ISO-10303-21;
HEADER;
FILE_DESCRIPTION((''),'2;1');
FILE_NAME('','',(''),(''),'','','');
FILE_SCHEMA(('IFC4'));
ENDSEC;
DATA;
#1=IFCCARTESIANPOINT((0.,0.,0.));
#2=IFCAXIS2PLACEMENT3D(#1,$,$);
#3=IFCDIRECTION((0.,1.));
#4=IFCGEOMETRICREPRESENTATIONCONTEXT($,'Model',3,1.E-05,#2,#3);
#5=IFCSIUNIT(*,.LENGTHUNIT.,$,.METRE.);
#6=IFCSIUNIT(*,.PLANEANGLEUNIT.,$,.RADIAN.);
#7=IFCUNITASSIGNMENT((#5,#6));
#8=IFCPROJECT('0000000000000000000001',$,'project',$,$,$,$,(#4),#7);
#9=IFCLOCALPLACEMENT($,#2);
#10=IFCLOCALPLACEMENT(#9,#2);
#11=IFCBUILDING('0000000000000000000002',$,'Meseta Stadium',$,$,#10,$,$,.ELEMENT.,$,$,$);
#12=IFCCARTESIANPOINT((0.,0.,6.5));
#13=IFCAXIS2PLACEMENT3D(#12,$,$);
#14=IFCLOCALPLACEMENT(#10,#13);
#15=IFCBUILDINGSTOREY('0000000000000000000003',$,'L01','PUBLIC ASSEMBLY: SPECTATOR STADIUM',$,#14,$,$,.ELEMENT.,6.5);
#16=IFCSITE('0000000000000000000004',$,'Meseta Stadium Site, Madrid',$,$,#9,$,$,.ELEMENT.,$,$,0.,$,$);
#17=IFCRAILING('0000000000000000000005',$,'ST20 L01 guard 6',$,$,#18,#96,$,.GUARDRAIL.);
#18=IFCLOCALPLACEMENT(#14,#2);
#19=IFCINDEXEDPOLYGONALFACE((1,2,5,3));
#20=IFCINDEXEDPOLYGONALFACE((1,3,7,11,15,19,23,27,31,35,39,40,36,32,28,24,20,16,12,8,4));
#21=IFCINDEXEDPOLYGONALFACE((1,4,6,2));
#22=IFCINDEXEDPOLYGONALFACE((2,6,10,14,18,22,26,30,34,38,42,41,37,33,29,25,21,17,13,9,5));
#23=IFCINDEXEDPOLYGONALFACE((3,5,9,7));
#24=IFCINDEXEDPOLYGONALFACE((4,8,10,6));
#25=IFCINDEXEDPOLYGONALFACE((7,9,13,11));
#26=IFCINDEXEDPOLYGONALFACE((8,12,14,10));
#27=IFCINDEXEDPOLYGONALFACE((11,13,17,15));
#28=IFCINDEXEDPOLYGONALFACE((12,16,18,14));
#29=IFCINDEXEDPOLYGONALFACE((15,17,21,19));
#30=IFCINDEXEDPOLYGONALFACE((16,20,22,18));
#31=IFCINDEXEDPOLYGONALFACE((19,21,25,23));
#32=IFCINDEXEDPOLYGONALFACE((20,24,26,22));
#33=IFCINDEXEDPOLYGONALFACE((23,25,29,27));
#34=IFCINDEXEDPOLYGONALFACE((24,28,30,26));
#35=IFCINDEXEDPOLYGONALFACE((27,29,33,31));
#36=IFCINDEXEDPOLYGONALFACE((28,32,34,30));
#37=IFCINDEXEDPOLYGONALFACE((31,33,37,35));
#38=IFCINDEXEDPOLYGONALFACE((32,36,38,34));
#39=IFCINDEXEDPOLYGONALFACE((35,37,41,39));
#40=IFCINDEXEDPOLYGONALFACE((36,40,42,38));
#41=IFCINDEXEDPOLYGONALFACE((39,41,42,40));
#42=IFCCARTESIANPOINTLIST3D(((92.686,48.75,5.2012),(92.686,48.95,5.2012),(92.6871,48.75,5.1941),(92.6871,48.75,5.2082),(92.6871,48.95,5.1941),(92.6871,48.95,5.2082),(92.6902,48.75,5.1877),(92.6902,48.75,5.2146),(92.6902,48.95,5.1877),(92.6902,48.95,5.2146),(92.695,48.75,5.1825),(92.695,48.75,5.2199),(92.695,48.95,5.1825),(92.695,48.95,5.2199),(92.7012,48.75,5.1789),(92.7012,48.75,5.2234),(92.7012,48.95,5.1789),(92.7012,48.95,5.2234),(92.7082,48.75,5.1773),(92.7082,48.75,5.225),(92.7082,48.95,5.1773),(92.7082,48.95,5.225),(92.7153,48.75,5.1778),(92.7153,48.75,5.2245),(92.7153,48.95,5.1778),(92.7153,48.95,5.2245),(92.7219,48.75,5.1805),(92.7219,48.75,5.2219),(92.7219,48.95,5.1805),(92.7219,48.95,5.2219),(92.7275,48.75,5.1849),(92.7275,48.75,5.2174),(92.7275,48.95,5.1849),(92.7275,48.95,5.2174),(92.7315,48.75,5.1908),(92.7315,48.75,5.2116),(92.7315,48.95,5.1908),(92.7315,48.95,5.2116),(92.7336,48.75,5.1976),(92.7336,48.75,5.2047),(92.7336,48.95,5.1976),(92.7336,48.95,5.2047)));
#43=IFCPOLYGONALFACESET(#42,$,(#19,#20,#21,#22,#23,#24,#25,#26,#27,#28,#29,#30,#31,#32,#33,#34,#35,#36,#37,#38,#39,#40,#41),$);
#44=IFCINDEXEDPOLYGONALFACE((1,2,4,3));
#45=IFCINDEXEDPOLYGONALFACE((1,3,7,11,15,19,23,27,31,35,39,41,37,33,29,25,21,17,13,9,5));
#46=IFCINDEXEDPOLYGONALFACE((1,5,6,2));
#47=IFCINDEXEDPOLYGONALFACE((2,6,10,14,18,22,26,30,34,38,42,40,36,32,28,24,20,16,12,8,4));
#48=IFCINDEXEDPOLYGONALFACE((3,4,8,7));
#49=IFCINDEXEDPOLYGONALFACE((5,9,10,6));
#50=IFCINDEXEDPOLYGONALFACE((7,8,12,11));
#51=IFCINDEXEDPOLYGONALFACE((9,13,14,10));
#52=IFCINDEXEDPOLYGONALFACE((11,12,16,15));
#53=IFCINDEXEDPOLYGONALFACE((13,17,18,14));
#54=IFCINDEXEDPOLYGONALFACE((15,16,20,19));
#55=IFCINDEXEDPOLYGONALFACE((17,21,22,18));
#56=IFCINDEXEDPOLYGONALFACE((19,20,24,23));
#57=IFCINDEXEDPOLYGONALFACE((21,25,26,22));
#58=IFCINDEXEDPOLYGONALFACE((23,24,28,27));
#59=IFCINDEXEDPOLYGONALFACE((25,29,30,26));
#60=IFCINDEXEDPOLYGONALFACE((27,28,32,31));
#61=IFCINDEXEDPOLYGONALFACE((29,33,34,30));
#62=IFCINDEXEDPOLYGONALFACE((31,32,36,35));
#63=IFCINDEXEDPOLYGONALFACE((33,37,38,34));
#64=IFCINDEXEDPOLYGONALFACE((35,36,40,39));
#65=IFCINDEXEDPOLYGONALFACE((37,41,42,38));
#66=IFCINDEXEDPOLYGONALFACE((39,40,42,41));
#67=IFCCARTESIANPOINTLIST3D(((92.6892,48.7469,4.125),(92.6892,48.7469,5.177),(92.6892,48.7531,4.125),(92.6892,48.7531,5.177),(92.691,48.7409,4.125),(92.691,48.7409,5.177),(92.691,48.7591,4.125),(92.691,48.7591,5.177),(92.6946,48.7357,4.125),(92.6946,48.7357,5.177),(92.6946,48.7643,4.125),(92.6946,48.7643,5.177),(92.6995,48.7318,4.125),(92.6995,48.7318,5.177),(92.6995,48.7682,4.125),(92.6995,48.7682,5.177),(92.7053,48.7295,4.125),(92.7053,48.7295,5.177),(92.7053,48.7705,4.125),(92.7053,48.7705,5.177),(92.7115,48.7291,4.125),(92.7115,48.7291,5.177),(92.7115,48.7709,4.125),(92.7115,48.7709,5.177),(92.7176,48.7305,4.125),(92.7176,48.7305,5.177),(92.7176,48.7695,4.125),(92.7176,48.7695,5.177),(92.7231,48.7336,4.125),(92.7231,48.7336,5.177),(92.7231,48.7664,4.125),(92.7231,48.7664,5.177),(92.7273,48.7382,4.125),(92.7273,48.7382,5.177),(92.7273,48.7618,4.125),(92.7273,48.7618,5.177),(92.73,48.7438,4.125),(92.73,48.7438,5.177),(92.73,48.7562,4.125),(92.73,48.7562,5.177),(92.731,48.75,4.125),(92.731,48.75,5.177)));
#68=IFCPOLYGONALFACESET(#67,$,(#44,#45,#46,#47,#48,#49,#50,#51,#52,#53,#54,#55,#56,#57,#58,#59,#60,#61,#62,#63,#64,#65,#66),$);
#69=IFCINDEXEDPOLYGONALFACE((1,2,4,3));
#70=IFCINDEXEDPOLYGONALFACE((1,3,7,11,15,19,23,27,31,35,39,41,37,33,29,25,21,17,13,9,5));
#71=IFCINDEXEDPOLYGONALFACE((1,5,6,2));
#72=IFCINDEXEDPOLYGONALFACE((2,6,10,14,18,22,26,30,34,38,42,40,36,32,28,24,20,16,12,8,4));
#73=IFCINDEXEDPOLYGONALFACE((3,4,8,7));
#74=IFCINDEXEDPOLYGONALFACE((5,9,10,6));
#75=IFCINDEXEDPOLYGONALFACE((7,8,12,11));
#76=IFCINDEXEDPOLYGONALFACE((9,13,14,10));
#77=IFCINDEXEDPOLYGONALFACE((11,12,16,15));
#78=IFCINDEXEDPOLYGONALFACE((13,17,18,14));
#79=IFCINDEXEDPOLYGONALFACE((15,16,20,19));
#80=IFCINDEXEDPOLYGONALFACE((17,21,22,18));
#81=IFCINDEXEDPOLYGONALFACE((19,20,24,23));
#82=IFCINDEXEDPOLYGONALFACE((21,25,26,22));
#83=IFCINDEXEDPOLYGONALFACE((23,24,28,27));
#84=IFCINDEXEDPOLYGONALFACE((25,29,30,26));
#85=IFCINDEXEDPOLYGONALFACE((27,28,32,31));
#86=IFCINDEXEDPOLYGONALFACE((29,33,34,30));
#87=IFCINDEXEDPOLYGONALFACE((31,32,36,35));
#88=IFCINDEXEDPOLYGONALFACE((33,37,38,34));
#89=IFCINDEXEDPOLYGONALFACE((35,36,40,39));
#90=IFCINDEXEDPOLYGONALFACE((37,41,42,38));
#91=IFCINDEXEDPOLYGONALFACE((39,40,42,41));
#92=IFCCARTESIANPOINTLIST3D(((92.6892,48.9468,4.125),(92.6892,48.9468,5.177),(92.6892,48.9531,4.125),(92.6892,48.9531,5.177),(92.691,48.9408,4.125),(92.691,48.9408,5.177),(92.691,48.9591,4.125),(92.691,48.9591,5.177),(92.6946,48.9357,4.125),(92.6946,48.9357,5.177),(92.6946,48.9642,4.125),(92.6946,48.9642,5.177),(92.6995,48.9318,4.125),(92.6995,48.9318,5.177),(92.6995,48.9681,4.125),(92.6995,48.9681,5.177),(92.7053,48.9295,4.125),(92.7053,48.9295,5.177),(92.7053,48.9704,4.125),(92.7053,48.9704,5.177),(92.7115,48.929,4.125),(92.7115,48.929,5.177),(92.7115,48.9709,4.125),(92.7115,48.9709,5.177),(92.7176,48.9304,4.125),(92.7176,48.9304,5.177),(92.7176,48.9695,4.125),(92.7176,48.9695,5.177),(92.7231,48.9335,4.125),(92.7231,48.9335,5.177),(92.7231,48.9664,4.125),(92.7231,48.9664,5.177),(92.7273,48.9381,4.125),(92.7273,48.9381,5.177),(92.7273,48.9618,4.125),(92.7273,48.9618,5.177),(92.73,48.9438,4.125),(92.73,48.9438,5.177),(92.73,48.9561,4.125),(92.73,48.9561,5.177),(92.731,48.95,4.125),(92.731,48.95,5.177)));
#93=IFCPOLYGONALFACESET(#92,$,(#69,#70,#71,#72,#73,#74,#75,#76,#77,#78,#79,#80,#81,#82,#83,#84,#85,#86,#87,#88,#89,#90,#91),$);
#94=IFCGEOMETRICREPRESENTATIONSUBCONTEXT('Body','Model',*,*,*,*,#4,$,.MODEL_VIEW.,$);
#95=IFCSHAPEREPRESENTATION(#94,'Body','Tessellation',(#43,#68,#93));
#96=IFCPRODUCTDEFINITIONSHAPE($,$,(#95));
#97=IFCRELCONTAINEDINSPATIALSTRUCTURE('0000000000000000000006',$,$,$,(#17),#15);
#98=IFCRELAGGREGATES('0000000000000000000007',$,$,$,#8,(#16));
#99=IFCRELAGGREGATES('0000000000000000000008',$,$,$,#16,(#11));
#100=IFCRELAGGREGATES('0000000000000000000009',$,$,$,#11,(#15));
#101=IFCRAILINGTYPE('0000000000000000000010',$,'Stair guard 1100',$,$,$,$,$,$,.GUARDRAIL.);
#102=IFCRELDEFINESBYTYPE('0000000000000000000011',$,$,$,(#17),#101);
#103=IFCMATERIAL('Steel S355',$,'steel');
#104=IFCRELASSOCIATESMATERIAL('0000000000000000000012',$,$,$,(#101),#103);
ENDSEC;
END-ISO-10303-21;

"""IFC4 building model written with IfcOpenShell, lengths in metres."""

from ifc_helpers import new_model, si_unit, direction, frame, origin, origin_2d, place, context, subcontext, project, spatial, circle, extrude, material, type_object, element, save


model = new_model("IFC4")

# Units and contexts
model_context = context("Model", 3, precision=1e-05, world=origin(), true_north=direction((0.0, 1.0)))
body_context = subcontext(model_context, "Body", "Model", "MODEL_VIEW")
ifc_project = project(units=[si_unit("LENGTHUNIT", "METRE"), si_unit("PLANEANGLEUNIT", "RADIAN")], contexts=[model_context])

# Site, building, storey
site_placement = place(None, origin())
site = spatial("IfcSite", under=ifc_project, at=site_placement, Name="Meseta Stadium Site, Madrid", CompositionType="ELEMENT", RefElevation=0.0)
building_placement = place(site_placement, origin())
building = spatial("IfcBuilding", under=site, at=building_placement, Name="Meseta Stadium", CompositionType="ELEMENT")
storey_placement = place(building_placement, frame((0.0, 0.0, 6.5)))
storey = spatial("IfcBuildingStorey", under=building, at=storey_placement, Name="L01", Description="PUBLIC ASSEMBLY: SPECTATOR STADIUM", CompositionType="ELEMENT", Elevation=6.5)

# Railing
ifc_material_1 = material(Name="Steel S355", Category="steel")
railing_type_1 = type_object("IfcRailingType", Name="Stair guard 1100", PredefinedType="GUARDRAIL", material=ifc_material_1)
railing_1_placement = place(storey_placement, frame((92.71, 48.75, 4.125)))
element("IfcRailing", 1, at=railing_1_placement, inside=storey, type_object=railing_type_1, Name="ST20 L01 guard 6", PredefinedType="GUARDRAIL", context=body_context, shape_type="SweptSolid", body=[
    extrude(circle(Radius=0.0239, at=origin_2d()), frame((0.0, 0.0, 1.0762), z_axis=(0.0, 1.0, 0.0), x_axis=(-1.0, 0.0, 0.0)), (0.0, 0.0, 1.0), 0.2),
    extrude(circle(Radius=0.021, at=origin_2d()), origin(), (0.0, 0.0, 1.0), 1.052),
    extrude(circle(Radius=0.021, at=origin_2d()), frame((0.0, 0.2, 0.0)), (0.0, 0.0, 1.0), 1.052),
])

save(model, "model.ifc")
